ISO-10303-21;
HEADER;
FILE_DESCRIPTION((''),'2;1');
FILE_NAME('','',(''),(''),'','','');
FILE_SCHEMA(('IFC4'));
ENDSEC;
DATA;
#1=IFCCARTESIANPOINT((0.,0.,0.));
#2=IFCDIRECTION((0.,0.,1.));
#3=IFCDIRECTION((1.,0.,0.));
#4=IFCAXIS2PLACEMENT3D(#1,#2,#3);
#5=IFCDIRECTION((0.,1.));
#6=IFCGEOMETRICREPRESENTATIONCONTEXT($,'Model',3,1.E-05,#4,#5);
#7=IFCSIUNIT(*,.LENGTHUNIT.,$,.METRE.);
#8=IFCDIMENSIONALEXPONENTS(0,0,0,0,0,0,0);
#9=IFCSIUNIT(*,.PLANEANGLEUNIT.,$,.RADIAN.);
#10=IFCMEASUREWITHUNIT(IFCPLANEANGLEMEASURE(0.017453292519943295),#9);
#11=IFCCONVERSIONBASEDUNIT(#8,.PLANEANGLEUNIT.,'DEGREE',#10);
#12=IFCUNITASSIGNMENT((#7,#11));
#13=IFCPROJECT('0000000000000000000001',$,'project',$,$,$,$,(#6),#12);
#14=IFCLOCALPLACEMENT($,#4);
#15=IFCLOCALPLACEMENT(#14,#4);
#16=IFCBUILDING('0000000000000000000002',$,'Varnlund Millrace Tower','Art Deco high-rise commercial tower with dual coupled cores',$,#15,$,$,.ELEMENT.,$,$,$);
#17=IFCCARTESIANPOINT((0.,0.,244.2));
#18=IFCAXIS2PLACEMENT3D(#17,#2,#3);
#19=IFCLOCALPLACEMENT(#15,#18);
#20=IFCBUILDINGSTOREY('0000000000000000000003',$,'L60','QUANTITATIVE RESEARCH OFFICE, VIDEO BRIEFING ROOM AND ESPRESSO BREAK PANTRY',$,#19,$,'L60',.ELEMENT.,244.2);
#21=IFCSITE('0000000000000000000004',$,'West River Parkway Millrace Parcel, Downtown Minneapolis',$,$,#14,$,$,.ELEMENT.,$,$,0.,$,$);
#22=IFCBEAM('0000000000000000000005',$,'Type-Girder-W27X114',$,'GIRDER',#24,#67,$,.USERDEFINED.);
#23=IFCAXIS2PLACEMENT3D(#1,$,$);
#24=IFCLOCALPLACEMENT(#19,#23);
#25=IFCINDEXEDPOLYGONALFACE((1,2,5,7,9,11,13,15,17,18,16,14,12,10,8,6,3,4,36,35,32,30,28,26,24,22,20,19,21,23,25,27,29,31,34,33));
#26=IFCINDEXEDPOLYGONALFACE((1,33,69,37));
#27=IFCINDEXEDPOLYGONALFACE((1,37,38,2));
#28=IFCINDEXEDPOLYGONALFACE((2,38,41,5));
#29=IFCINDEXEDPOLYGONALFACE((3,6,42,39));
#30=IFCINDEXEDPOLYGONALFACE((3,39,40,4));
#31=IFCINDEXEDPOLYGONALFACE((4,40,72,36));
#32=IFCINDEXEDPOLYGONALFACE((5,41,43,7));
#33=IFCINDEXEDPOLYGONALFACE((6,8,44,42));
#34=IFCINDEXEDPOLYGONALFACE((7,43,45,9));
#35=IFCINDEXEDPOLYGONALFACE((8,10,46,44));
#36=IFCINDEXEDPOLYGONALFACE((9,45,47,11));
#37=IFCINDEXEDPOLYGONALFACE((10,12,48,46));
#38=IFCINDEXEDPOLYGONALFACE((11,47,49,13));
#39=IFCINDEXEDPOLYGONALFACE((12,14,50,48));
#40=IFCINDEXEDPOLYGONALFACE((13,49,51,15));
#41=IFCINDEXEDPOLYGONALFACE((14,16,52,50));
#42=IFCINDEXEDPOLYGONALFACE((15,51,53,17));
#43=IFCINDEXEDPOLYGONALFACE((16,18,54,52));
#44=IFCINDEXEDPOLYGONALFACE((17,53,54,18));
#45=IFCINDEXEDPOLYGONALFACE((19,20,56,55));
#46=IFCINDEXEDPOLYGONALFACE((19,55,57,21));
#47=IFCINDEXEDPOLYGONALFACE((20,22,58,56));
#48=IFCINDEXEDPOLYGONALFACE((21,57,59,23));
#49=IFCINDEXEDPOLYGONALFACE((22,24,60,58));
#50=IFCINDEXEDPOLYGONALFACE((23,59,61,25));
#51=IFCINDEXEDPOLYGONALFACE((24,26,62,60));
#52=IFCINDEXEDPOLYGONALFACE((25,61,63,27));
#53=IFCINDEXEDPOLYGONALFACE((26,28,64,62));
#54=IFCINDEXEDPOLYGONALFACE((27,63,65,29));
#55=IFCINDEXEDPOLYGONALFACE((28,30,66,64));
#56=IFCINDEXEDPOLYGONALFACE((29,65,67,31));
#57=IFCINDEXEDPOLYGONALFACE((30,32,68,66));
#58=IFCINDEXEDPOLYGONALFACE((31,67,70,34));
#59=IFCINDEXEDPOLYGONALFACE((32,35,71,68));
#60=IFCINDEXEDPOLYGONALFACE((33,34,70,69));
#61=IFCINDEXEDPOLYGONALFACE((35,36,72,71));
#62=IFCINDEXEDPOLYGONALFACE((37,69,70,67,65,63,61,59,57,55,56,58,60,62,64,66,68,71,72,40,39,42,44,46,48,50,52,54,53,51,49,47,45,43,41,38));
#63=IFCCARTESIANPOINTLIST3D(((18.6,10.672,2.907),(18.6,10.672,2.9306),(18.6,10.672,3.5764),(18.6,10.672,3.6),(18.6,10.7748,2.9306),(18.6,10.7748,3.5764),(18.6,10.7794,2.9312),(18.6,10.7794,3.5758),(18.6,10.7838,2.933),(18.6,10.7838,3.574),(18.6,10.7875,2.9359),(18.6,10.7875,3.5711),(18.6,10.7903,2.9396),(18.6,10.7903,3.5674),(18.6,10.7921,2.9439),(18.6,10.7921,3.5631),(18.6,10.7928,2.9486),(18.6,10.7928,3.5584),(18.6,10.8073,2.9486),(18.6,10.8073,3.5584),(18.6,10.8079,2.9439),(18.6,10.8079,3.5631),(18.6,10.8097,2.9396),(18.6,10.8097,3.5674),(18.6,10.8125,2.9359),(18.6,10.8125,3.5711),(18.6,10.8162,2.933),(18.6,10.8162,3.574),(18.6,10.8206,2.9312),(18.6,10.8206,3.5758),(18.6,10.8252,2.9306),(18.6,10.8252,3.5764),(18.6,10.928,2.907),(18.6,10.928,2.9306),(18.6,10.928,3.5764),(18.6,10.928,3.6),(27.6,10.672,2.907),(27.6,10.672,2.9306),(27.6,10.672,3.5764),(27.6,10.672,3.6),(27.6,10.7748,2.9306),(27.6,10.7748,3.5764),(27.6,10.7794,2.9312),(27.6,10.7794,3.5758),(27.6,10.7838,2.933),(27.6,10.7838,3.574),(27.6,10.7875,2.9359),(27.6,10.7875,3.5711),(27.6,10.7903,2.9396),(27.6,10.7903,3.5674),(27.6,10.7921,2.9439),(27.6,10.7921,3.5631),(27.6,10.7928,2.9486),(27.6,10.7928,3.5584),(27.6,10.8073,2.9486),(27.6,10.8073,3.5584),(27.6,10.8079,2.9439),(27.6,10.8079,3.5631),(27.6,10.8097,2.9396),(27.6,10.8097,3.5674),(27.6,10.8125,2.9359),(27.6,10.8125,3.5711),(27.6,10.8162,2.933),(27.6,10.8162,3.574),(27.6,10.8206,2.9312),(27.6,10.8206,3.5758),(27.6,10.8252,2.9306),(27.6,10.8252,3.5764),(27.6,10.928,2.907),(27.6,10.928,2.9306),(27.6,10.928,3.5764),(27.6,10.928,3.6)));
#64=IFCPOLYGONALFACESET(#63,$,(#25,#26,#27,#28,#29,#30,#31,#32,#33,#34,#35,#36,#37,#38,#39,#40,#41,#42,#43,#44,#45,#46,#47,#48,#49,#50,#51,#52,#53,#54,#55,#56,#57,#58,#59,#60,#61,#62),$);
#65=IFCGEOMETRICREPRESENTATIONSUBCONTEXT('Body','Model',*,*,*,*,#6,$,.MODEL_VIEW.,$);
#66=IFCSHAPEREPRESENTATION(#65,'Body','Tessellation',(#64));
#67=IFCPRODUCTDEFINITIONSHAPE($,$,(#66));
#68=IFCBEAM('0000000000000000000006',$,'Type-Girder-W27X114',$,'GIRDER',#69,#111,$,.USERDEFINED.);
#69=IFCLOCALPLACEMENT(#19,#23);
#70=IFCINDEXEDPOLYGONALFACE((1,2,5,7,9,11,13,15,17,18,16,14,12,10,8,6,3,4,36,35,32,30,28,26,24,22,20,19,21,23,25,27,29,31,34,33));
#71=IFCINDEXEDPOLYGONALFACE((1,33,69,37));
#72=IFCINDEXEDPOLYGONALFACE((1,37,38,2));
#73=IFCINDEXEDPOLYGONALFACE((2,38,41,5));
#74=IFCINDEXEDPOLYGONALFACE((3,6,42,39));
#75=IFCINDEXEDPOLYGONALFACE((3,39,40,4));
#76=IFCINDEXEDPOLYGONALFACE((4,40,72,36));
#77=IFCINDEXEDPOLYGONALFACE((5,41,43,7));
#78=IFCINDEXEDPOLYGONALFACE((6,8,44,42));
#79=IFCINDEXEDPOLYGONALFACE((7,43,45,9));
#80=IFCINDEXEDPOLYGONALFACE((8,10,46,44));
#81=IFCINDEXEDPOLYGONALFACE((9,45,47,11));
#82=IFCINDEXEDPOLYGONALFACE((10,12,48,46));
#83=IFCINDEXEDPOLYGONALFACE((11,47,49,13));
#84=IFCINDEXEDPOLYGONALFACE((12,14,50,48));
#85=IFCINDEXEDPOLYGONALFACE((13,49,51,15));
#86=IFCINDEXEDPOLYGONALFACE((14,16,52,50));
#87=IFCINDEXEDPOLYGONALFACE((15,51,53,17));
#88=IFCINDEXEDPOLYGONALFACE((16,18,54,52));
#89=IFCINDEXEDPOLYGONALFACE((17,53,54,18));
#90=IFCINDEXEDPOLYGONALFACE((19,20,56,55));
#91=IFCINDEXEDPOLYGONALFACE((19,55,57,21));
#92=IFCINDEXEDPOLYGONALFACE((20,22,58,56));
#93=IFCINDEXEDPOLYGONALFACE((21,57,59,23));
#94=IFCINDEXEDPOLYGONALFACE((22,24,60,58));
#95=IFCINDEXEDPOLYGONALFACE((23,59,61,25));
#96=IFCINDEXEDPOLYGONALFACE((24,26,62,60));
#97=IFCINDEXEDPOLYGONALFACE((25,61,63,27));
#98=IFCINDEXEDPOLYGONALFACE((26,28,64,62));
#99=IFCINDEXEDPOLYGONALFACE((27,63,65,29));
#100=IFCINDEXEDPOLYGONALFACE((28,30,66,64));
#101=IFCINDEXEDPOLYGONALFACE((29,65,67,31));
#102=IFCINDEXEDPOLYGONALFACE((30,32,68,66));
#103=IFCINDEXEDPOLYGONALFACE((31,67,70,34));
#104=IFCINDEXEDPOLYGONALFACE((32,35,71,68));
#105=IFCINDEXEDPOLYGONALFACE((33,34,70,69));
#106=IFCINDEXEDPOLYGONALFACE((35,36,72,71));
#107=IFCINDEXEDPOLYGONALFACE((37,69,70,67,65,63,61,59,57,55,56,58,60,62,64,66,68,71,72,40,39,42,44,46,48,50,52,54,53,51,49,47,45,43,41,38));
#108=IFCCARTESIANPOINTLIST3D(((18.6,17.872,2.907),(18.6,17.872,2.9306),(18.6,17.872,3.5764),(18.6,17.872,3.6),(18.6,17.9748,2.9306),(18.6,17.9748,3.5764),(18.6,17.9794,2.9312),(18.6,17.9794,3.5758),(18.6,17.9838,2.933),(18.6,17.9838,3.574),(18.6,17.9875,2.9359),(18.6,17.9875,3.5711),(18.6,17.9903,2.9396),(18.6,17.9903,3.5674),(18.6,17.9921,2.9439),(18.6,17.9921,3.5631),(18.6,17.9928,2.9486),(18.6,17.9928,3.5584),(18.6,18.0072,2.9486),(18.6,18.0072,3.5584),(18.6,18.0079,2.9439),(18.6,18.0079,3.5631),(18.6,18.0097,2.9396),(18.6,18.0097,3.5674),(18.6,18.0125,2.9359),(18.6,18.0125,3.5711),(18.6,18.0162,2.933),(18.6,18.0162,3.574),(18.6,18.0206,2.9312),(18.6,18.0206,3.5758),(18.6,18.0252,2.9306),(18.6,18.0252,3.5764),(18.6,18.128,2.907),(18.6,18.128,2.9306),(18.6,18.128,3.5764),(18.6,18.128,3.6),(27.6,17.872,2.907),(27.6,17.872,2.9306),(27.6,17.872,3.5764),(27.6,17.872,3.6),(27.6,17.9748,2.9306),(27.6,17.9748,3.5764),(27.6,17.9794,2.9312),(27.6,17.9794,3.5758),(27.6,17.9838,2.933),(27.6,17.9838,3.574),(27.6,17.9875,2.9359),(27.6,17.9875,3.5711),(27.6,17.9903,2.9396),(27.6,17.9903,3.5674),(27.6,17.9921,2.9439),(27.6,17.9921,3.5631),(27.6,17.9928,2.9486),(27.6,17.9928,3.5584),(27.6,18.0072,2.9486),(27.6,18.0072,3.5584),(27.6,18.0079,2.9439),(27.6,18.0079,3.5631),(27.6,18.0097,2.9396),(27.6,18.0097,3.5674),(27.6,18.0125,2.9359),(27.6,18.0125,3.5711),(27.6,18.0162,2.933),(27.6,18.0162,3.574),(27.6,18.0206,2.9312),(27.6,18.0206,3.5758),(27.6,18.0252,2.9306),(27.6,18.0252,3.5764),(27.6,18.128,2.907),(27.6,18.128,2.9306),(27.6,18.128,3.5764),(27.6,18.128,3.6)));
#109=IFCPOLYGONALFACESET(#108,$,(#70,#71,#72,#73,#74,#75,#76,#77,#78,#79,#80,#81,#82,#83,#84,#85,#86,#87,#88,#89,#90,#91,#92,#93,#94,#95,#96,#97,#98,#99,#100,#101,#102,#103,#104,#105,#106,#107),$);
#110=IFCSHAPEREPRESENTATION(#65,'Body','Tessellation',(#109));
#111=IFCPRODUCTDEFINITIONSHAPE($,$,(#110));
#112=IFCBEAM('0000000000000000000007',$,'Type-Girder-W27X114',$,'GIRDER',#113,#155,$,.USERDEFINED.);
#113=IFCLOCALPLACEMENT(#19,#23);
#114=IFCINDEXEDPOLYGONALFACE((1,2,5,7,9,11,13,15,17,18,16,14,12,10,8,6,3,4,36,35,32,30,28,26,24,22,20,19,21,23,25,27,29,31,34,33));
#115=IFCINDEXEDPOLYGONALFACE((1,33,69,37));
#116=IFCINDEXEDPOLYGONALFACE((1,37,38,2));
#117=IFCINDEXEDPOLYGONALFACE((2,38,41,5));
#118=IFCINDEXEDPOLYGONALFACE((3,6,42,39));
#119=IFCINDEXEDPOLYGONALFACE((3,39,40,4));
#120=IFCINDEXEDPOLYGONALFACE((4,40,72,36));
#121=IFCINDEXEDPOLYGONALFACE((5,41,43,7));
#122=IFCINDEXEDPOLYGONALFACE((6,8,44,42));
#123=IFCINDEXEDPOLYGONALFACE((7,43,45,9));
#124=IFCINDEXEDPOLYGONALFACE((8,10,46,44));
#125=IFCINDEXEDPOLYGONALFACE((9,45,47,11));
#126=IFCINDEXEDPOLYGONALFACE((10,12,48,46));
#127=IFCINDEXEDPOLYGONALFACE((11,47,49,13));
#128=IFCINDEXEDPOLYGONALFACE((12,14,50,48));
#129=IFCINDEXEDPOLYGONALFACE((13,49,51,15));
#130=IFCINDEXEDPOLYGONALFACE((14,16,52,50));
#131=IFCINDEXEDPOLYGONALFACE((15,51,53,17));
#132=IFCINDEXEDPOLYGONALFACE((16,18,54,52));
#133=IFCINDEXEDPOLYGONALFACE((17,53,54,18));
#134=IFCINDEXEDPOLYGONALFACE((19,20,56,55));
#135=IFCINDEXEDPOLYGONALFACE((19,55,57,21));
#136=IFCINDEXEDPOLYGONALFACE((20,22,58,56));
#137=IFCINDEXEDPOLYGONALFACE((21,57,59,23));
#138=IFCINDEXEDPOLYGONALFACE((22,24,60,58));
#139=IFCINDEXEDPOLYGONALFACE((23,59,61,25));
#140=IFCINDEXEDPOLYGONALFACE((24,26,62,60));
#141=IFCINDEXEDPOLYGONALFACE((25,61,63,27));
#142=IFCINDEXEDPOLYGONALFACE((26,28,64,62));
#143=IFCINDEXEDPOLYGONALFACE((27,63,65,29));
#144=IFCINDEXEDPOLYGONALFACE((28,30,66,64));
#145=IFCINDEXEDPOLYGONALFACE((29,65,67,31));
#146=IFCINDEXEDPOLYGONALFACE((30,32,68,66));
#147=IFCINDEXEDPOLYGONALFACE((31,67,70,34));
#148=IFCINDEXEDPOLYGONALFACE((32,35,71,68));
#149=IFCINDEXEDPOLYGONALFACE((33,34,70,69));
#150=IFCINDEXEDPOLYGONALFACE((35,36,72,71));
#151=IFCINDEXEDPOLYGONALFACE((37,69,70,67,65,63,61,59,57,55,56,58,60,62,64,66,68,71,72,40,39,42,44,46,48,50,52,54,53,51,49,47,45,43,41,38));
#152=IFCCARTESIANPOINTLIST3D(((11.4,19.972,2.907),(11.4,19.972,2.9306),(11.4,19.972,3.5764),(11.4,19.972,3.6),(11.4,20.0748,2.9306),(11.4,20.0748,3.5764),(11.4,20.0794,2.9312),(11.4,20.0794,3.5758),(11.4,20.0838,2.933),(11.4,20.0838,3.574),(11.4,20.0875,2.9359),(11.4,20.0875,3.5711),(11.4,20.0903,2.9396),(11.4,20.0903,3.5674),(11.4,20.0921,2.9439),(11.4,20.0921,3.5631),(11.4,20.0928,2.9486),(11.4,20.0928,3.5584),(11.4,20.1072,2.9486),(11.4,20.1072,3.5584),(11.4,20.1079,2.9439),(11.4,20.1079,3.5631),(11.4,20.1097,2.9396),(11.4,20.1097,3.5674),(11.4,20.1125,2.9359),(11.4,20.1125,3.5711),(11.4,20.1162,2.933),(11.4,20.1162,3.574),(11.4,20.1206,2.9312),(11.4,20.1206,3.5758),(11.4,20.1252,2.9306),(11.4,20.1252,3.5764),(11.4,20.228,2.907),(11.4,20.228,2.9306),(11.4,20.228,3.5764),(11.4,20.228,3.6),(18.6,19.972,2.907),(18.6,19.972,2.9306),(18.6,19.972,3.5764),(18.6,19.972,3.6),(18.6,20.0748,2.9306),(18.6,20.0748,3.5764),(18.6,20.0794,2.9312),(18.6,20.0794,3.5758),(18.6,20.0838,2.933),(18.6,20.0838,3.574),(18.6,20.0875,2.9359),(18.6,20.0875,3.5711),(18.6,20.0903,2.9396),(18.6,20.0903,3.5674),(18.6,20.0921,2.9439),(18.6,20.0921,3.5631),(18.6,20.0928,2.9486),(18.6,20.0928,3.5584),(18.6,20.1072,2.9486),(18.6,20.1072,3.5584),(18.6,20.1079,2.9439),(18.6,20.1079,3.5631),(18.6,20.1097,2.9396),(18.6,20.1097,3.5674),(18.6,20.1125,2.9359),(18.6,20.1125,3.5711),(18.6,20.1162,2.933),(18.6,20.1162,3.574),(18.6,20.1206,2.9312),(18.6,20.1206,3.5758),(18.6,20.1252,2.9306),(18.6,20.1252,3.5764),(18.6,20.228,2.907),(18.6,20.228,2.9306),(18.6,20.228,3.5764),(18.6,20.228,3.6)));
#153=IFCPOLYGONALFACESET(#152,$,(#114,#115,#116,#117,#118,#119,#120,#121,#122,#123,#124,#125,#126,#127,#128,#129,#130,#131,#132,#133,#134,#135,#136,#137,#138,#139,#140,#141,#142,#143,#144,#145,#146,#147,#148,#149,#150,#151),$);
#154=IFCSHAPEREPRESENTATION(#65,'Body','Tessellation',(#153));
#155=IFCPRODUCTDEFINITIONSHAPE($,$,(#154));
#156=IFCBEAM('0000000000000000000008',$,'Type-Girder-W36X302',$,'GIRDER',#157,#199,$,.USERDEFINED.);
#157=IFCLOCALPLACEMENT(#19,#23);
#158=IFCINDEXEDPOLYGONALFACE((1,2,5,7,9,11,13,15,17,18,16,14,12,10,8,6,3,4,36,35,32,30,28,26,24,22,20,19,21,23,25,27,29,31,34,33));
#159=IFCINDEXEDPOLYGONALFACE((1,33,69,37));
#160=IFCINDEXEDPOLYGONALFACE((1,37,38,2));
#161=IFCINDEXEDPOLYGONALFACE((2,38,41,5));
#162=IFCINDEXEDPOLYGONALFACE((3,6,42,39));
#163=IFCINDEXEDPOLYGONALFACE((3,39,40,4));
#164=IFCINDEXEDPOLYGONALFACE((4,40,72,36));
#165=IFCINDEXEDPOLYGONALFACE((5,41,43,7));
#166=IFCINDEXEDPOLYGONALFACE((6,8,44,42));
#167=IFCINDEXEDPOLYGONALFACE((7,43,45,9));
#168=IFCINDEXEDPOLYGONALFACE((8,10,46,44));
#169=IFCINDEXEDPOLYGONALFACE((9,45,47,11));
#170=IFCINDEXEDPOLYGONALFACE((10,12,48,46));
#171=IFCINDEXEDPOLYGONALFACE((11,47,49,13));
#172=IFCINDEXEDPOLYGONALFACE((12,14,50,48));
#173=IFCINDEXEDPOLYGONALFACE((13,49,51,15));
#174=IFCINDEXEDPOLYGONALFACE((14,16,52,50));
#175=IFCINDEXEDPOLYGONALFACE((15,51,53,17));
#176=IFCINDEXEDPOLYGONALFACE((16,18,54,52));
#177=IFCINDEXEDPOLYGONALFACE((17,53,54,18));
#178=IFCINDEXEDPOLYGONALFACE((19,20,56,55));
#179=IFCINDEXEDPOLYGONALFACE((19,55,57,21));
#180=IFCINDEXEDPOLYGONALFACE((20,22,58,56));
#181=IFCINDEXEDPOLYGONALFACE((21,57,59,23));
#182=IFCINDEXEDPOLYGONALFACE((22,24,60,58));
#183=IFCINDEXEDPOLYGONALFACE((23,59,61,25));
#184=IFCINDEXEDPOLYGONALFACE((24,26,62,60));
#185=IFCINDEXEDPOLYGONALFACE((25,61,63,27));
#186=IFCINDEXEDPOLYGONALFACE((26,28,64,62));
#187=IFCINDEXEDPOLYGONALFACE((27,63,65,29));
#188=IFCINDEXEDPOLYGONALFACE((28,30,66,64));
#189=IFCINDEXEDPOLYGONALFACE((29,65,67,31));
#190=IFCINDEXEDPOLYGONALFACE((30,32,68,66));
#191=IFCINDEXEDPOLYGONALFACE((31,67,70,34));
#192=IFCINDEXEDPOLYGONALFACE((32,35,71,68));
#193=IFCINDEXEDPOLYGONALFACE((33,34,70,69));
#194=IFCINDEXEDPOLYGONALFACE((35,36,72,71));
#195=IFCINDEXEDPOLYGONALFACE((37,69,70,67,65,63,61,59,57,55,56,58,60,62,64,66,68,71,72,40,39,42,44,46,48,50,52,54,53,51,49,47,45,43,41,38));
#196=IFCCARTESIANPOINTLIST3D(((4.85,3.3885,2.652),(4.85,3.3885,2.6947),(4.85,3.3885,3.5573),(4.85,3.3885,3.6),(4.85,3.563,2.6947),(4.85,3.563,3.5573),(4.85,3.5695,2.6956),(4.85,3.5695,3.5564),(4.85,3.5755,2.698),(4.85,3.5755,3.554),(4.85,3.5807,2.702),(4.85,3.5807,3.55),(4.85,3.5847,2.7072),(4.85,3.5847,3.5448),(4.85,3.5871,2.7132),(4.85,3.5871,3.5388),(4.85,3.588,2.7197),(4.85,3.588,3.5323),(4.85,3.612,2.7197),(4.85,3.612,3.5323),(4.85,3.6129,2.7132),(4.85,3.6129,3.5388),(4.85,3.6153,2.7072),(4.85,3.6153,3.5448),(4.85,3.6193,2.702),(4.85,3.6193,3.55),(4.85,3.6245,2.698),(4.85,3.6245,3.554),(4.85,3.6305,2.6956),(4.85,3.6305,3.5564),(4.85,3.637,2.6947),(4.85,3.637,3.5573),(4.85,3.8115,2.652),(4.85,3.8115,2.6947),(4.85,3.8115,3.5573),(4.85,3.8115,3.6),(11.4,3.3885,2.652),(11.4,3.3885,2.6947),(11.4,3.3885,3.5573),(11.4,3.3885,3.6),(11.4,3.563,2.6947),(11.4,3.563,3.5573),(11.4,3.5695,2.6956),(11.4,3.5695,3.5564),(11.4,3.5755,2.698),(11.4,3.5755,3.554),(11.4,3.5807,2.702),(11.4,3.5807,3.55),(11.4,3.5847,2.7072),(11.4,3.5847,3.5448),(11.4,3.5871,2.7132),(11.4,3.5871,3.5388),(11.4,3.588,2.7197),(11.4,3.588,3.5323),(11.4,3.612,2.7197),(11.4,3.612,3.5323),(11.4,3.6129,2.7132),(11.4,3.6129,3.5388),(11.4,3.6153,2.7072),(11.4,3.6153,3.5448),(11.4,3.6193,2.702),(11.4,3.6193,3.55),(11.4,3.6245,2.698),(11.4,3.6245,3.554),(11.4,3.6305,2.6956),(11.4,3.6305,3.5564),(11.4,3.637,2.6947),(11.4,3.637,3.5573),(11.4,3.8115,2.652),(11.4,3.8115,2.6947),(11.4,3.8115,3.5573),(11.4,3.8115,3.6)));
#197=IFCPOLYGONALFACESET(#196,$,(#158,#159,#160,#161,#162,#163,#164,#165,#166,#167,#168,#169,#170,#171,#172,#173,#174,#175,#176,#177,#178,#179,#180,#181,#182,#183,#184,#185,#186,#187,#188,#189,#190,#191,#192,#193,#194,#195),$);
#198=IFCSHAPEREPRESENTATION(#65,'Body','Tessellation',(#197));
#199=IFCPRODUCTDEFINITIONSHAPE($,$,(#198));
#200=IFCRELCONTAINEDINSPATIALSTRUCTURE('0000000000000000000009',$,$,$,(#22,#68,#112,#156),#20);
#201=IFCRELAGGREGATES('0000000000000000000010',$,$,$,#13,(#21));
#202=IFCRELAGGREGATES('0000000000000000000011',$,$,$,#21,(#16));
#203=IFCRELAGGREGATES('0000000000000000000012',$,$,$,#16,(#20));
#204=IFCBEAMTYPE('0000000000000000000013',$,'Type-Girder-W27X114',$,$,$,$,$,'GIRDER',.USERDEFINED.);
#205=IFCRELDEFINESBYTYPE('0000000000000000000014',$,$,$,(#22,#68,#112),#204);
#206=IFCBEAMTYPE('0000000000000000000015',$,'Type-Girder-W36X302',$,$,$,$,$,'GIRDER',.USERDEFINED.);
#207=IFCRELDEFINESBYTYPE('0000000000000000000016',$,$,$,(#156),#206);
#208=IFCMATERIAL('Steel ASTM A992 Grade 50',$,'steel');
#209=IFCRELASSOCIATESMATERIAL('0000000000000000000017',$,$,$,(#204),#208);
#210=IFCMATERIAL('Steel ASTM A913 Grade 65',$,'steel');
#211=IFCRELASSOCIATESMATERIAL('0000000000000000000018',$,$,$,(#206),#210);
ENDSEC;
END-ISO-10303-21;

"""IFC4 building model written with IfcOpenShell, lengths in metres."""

from ifc_helpers import new_model, entity, si_unit, converted_unit, direction, frame, origin_with_axes, origin_2d_with_axis, place, context, subcontext, project, spatial, i_section, extrude, material, material_profile, profile_set, type_object, element, save


model = new_model("IFC4")

# Units and contexts
model_context = context("Model", 3, precision=1e-05, world=origin_with_axes(), true_north=direction((0.0, 1.0)))
body_context = subcontext(model_context, "Body", "Model", "MODEL_VIEW")
ifc_project = project(units=[si_unit("LENGTHUNIT", "METRE"), converted_unit("PLANEANGLEUNIT", "DEGREE", entity("IfcPlaneAngleMeasure", 0.017453292519943295), si_unit("PLANEANGLEUNIT", "RADIAN"), dimensions=[0, 0, 0, 0, 0, 0, 0])], contexts=[model_context])

# Site, building, storey
site_placement = place(None, origin_with_axes())
site = spatial("IfcSite", under=ifc_project, at=site_placement, Name="West River Parkway Millrace Parcel, Downtown Minneapolis", CompositionType="ELEMENT", RefElevation=0.0)
building_placement = place(site_placement, origin_with_axes())
building = spatial("IfcBuilding", under=site, at=building_placement, Name="Varnlund Millrace Tower", Description="Art Deco high-rise commercial tower with dual coupled cores", CompositionType="ELEMENT")
storey_placement = place(building_placement, frame((0.0, 0.0, 244.2), z_axis=(0.0, 0.0, 1.0), x_axis=(1.0, 0.0, 0.0)))
storey = spatial("IfcBuildingStorey", under=building, at=storey_placement, Name="L60", Description="QUANTITATIVE RESEARCH OFFICE, VIDEO BRIEFING ROOM AND ESPRESSO BREAK PANTRY", LongName="L60", CompositionType="ELEMENT", Elevation=244.2)

# Beams
ifc_material_1 = material(Name="Steel ASTM A992 Grade 50", Category="steel")
ifc_material_profile_1 = material_profile(ifc_material_1, i_section(OverallWidth=0.256, OverallDepth=0.693, WebThickness=0.0145, FlangeThickness=0.0236, FilletRadius=0.018, at=origin_2d_with_axis()), Name="Steel ASTM A992 Grade 50")
ifc_profile_set_1 = profile_set([ifc_material_profile_1], Name="Steel ASTM A992 Grade 50")
beam_type_1 = type_object("IfcBeamType", Name="Type-Girder-W27X114", ElementType="GIRDER", PredefinedType="USERDEFINED", material=ifc_profile_set_1)
for number, where, z_axis, x_axis, name in (
    (1, (18.6, 10.8, 3.2535), (1.0, 0.0, 0.0), (0.0, 1.0, 0.0), "Type-Girder-W27X114"),
    (2, (18.6, 18.0, 3.2535), (1.0, 0.0, 0.0), (0.0, 1.0, 0.0), "Type-Girder-W27X114"),
):
    element("IfcBeam", number, at=place(storey_placement, frame(where, z_axis=z_axis, x_axis=x_axis)), inside=storey, type_object=beam_type_1, Name=name, ObjectType="GIRDER", PredefinedType="USERDEFINED", context=body_context, shape_type="SweptSolid", body=[
        extrude(i_section(OverallWidth=0.256, OverallDepth=0.693, WebThickness=0.0145, FlangeThickness=0.0236, FilletRadius=0.018, at=origin_2d_with_axis()), origin_with_axes(), (0.0, 0.0, 1.0), 9.0),
    ])
beam_1_placement = place(storey_placement, frame((11.4, 20.1, 3.2535), z_axis=(1.0, 0.0, 0.0), x_axis=(0.0, 1.0, 0.0)))
element("IfcBeam", 3, at=beam_1_placement, inside=storey, type_object=beam_type_1, Name="Type-Girder-W27X114", ObjectType="GIRDER", PredefinedType="USERDEFINED", context=body_context, shape_type="SweptSolid", body=[
    extrude(i_section(OverallWidth=0.256, OverallDepth=0.693, WebThickness=0.0145, FlangeThickness=0.0236, FilletRadius=0.018, at=origin_2d_with_axis()), origin_with_axes(), (0.0, 0.0, 1.0), 7.2),
])
ifc_material_2 = material(Name="Steel ASTM A913 Grade 65", Category="steel")
ifc_material_profile_2 = material_profile(ifc_material_2, i_section(OverallWidth=0.423, OverallDepth=0.948, WebThickness=0.024, FlangeThickness=0.0427, FilletRadius=0.025, at=origin_2d_with_axis()), Name="Steel ASTM A913 Grade 65")
ifc_profile_set_2 = profile_set([ifc_material_profile_2], Name="Steel ASTM A913 Grade 65")
beam_type_2 = type_object("IfcBeamType", Name="Type-Girder-W36X302", ElementType="GIRDER", PredefinedType="USERDEFINED", material=ifc_profile_set_2)
for number, where, z_axis, x_axis, name in (
    (4, (4.85, 3.6, 3.126), (1.0, 0.0, 0.0), (0.0, 1.0, 0.0), "Type-Girder-W36X302"),
):
    element("IfcBeam", number, at=place(storey_placement, frame(where, z_axis=z_axis, x_axis=x_axis)), inside=storey, type_object=beam_type_2, Name=name, ObjectType="GIRDER", PredefinedType="USERDEFINED", context=body_context, shape_type="SweptSolid", body=[
        extrude(i_section(OverallWidth=0.423, OverallDepth=0.948, WebThickness=0.024, FlangeThickness=0.0427, FilletRadius=0.025, at=origin_2d_with_axis()), origin_with_axes(), (0.0, 0.0, 1.0), 6.55),
    ])

save(model, "model.ifc")
